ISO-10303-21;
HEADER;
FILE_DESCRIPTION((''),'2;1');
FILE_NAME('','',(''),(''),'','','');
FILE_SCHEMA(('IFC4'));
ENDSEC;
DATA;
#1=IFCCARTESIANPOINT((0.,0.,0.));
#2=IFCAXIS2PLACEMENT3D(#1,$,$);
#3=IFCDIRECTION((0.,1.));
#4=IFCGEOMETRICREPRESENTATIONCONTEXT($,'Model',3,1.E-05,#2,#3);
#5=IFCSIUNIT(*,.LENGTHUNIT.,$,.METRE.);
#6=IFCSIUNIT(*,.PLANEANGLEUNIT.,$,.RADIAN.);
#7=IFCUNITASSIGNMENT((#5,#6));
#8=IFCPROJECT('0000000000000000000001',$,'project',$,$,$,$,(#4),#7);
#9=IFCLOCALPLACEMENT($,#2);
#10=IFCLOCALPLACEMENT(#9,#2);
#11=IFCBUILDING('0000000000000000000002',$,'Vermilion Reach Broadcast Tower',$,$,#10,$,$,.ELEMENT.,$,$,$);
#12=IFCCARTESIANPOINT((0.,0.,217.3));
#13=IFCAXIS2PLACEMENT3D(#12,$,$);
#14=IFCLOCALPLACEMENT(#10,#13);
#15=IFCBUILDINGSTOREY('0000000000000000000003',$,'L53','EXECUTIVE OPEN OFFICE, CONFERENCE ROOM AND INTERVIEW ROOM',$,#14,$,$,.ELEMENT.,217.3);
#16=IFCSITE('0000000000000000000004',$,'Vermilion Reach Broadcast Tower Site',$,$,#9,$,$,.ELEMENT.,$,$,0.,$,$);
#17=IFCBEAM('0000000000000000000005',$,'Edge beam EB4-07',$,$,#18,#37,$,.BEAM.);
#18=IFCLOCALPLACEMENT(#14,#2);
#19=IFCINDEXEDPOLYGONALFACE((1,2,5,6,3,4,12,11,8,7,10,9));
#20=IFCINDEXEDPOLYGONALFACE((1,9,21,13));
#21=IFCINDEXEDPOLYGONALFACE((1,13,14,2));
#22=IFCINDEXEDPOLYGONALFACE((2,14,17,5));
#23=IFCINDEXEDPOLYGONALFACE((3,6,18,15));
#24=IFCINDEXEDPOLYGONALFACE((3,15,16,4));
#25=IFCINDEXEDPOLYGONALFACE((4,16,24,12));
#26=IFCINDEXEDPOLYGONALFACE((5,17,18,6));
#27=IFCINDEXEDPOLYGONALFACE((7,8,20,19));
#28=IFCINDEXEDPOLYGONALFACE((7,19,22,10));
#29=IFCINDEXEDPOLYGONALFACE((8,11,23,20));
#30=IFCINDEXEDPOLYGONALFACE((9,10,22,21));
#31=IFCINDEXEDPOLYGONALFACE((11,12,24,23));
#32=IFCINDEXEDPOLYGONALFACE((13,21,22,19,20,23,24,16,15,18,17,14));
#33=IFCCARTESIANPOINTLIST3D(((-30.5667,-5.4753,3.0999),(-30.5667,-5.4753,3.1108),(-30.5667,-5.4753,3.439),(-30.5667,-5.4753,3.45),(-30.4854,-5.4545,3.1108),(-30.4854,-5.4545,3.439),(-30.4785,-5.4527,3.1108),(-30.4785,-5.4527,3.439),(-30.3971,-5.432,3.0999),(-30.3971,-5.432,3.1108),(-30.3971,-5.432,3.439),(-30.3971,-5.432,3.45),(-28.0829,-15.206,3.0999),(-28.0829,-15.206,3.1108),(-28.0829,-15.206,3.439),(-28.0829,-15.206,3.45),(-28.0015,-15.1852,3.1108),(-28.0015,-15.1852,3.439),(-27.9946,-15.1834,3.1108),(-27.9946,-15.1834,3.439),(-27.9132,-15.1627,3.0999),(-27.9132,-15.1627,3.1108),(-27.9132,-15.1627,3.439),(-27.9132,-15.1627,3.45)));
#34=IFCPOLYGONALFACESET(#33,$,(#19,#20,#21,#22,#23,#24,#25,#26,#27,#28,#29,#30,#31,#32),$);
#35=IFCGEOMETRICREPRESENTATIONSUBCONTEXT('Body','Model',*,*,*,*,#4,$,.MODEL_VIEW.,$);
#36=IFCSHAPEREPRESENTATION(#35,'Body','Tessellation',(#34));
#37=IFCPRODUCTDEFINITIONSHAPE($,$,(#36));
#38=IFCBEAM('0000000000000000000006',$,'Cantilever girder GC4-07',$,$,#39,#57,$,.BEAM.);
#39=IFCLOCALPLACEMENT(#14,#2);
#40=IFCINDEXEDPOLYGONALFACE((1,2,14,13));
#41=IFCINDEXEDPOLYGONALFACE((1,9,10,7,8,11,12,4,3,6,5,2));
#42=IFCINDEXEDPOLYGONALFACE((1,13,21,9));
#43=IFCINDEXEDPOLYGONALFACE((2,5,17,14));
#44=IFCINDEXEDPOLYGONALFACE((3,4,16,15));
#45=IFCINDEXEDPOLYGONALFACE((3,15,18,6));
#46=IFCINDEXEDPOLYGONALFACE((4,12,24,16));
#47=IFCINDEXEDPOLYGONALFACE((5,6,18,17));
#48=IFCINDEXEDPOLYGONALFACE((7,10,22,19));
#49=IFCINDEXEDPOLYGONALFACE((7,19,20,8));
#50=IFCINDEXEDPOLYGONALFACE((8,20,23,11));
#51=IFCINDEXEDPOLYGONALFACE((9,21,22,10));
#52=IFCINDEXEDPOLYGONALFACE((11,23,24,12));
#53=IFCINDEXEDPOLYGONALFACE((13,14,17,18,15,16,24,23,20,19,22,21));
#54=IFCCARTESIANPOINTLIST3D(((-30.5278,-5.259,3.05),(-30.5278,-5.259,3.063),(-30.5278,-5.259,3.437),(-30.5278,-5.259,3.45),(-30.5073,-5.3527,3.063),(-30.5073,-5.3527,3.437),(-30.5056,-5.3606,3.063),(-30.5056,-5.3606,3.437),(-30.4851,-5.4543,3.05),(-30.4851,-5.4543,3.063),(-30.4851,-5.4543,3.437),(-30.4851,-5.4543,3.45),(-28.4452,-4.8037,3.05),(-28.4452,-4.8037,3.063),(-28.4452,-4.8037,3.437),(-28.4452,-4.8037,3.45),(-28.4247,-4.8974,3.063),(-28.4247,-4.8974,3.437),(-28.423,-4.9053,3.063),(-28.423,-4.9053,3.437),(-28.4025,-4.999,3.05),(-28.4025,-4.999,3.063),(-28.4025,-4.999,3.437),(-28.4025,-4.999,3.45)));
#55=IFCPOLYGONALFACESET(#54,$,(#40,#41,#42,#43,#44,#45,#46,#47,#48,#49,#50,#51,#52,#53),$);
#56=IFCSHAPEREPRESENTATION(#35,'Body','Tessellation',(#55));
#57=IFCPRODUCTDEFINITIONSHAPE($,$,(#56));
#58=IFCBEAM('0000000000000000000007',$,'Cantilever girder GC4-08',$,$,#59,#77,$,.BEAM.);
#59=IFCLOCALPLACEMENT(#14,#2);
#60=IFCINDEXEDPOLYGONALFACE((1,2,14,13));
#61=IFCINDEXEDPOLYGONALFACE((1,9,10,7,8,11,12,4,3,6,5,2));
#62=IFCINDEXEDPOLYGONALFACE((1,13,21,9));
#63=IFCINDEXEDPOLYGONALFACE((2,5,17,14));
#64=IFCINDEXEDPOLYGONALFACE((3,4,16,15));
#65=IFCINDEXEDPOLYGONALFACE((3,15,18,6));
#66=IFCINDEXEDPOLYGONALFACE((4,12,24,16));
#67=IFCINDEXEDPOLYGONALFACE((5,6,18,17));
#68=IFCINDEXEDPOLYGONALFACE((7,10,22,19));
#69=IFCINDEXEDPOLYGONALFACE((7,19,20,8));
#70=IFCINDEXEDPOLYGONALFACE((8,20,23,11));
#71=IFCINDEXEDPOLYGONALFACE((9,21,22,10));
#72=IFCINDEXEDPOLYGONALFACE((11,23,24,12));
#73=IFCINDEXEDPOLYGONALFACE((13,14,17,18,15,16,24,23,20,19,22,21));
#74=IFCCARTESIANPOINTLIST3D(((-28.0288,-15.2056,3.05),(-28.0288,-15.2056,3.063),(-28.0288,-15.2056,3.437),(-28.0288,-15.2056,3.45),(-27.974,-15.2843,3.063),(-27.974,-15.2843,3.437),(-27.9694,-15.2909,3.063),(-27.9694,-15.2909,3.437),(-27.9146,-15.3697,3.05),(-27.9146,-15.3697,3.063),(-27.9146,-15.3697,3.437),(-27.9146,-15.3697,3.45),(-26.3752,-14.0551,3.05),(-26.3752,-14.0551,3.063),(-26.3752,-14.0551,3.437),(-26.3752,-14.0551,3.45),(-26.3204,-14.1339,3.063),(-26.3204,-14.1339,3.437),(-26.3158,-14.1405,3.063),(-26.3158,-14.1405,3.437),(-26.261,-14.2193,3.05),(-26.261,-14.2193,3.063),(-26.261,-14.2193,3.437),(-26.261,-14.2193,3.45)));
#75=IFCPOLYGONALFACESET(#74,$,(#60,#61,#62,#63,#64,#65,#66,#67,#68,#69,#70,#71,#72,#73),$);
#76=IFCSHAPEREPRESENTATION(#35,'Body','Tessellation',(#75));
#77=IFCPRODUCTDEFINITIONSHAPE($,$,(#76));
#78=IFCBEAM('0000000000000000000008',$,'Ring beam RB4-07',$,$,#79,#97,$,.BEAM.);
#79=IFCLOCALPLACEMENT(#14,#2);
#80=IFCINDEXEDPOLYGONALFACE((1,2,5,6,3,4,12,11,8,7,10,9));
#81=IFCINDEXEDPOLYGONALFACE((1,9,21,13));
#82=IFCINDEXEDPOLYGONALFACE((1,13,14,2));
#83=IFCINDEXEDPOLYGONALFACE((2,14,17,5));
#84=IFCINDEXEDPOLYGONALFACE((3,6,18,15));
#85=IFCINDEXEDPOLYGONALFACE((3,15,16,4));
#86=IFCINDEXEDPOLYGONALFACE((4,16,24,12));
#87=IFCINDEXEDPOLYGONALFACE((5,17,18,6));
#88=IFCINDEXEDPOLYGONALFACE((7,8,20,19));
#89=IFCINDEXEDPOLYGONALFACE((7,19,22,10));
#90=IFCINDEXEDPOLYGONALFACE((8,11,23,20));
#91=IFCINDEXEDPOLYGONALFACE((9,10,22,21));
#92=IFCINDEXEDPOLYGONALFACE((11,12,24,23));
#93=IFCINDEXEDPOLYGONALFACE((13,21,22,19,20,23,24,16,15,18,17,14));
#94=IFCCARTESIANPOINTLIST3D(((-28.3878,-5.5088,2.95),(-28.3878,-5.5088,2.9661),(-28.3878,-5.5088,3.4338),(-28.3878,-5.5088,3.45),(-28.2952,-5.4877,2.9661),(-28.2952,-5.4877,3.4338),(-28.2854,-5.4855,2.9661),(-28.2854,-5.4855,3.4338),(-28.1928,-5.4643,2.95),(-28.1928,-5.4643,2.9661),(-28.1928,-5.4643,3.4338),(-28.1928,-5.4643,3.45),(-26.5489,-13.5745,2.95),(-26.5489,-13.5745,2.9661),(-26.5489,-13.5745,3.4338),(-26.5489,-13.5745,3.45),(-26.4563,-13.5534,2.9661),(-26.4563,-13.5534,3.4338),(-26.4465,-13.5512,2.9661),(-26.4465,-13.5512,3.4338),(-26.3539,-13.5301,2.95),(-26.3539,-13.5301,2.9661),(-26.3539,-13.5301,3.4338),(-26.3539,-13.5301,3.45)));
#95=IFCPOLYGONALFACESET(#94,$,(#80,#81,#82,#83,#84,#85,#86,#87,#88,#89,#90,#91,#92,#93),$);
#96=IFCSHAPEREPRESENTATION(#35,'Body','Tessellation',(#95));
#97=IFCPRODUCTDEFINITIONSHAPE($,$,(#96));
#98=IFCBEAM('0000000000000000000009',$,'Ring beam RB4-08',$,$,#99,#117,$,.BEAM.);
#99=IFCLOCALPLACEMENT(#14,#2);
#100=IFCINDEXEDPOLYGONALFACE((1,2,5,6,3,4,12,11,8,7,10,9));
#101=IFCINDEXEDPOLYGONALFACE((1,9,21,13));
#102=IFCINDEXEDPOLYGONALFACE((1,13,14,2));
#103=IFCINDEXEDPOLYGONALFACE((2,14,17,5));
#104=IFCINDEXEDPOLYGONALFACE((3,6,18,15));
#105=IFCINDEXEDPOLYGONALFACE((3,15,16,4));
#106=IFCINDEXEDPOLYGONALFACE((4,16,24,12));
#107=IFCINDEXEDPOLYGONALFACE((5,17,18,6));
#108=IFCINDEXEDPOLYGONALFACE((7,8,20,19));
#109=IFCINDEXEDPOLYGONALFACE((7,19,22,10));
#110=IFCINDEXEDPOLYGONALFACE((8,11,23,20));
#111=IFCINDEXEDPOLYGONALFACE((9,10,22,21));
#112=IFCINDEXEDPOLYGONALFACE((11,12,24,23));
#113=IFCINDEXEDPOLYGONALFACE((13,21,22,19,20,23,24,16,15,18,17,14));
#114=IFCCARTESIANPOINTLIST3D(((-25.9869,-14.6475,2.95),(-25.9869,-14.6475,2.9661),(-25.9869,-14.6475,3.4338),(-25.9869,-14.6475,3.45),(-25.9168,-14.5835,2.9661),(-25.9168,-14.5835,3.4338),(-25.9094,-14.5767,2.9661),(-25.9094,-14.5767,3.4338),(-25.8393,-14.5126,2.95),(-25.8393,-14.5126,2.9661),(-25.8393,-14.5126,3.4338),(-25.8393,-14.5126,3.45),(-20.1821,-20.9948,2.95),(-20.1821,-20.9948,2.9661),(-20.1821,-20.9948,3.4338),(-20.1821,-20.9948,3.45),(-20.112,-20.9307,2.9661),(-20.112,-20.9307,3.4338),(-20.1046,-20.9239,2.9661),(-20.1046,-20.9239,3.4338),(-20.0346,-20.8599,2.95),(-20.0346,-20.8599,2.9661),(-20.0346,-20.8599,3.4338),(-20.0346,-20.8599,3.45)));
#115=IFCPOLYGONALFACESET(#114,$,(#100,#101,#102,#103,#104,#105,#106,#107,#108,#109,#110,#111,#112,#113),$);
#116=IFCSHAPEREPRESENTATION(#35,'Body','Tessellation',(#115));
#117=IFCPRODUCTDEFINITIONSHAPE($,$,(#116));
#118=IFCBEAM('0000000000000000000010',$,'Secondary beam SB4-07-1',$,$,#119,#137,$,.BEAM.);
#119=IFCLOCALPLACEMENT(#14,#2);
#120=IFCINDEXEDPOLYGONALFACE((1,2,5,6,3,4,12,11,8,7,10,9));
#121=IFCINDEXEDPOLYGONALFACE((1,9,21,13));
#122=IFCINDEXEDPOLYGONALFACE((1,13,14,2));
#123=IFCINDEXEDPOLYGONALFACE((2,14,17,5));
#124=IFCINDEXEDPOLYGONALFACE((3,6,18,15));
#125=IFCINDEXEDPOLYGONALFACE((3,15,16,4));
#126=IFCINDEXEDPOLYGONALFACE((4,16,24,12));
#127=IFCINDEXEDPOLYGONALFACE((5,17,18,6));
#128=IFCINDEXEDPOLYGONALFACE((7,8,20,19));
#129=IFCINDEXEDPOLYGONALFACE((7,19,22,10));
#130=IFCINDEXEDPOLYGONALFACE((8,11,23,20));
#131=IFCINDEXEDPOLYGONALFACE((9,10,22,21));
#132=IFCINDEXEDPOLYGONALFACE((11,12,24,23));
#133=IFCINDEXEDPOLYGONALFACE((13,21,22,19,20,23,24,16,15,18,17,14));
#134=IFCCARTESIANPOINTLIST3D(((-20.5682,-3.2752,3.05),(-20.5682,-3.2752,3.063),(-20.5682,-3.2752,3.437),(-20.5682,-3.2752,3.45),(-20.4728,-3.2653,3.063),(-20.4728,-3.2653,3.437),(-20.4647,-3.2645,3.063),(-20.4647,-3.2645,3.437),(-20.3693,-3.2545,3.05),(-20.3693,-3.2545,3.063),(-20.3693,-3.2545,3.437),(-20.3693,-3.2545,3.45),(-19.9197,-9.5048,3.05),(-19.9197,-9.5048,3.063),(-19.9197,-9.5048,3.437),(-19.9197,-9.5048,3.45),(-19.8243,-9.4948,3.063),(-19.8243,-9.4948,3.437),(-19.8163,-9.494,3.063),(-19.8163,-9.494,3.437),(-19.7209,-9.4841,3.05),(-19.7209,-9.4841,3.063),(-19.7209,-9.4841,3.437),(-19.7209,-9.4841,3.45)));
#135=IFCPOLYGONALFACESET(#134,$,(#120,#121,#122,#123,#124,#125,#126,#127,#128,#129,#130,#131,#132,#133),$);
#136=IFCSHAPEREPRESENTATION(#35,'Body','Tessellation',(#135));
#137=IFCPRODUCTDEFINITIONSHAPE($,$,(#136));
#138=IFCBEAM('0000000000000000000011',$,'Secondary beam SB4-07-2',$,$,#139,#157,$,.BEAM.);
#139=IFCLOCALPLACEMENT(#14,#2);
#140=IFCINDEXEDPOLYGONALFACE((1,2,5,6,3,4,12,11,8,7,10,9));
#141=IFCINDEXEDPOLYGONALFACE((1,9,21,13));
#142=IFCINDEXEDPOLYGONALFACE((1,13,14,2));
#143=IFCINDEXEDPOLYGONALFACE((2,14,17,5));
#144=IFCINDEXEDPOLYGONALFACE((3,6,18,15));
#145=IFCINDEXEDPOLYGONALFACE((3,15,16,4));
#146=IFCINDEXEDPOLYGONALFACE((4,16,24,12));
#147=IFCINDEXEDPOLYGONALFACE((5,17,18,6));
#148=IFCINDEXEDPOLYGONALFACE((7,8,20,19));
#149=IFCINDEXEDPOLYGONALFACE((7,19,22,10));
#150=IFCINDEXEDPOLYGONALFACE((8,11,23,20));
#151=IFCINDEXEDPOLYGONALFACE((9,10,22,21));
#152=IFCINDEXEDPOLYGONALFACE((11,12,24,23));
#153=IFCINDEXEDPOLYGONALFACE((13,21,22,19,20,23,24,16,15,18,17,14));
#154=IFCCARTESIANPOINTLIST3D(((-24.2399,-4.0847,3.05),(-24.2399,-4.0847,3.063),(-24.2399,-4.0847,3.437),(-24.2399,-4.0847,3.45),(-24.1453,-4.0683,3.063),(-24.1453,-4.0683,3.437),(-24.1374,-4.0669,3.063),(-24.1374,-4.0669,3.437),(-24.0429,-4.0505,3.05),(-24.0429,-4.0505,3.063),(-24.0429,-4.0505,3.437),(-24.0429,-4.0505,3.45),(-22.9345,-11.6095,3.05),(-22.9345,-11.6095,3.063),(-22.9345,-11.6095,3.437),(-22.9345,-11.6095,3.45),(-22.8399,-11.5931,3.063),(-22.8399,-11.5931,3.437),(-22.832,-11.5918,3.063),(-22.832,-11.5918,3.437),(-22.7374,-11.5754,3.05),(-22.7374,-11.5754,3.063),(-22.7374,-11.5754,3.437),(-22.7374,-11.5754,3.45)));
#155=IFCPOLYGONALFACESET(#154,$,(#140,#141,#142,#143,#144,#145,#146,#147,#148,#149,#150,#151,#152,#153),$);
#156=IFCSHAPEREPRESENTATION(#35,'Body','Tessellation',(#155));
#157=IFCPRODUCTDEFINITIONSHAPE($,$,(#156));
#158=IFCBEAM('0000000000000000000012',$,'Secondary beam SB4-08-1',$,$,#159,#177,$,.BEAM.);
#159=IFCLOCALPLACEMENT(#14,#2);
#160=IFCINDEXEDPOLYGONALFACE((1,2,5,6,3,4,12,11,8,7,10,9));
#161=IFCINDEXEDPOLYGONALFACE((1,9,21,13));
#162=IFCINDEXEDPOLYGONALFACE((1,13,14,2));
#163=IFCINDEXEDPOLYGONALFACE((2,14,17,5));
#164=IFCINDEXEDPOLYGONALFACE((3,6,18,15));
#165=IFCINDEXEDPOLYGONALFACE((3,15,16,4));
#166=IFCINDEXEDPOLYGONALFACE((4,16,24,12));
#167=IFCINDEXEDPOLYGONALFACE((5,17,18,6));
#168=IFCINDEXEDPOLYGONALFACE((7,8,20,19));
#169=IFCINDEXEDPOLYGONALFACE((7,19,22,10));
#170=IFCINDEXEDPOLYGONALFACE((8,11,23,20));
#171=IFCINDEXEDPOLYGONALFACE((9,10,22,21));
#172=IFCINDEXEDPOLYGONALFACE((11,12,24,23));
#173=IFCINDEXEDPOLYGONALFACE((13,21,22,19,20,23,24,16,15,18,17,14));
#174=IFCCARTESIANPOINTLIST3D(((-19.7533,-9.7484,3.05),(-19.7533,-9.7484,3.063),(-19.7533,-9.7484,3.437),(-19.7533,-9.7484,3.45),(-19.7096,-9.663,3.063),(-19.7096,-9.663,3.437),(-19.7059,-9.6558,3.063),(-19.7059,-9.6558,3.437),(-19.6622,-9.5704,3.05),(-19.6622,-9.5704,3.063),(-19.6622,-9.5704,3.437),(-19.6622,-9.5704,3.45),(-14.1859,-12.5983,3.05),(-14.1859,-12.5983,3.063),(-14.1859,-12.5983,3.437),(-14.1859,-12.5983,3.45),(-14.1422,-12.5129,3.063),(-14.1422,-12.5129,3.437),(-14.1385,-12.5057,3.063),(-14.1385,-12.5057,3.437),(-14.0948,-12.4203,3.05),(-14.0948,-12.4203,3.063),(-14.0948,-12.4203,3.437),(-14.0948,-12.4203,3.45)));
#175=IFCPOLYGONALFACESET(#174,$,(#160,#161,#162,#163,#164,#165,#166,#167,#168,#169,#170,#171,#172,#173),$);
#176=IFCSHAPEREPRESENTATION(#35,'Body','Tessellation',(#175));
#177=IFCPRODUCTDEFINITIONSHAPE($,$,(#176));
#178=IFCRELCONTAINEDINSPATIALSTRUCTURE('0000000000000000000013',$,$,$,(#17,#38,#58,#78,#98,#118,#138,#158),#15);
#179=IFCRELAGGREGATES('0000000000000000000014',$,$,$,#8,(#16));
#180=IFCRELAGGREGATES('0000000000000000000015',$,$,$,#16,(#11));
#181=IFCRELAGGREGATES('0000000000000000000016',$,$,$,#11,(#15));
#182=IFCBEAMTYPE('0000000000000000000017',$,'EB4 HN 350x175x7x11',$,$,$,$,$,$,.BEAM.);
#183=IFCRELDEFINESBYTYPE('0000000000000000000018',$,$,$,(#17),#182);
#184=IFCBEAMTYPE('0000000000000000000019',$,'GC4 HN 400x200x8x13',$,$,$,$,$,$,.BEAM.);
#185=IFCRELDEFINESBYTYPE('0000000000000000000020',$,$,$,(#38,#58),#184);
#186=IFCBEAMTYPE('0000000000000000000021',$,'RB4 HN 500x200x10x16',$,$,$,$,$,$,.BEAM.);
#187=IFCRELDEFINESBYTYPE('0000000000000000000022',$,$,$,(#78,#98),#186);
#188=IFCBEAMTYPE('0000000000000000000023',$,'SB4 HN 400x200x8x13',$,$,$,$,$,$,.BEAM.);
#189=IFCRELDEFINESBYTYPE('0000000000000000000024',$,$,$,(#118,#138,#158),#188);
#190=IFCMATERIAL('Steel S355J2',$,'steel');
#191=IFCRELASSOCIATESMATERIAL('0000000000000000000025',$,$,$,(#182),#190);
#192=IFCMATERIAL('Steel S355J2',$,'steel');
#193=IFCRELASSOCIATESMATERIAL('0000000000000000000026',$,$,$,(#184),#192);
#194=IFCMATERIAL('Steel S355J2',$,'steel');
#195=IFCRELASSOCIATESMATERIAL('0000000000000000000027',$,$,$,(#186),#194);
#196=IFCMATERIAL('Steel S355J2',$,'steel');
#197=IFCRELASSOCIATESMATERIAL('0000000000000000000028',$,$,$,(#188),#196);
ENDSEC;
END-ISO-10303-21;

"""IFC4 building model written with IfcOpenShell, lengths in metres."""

from ifc_helpers import new_model, si_unit, direction, frame, origin, origin_2d, place, context, subcontext, project, spatial, i_section, extrude, material, material_profile, profile_set, type_object, element, save


model = new_model("IFC4")

# Units and contexts
model_context = context("Model", 3, precision=1e-05, world=origin(), true_north=direction((0.0, 1.0)))
body_context = subcontext(model_context, "Body", "Model", "MODEL_VIEW")
ifc_project = project(units=[si_unit("LENGTHUNIT", "METRE"), si_unit("PLANEANGLEUNIT", "RADIAN")], contexts=[model_context])

# Site, building, storey
site_placement = place(None, origin())
site = spatial("IfcSite", under=ifc_project, at=site_placement, Name="Vermilion Reach Broadcast Tower Site", CompositionType="ELEMENT", RefElevation=0.0)
building_placement = place(site_placement, origin())
building = spatial("IfcBuilding", under=site, at=building_placement, Name="Vermilion Reach Broadcast Tower", CompositionType="ELEMENT")
storey_placement = place(building_placement, frame((0.0, 0.0, 217.3)))
storey = spatial("IfcBuildingStorey", under=building, at=storey_placement, Name="L53", Description="EXECUTIVE OPEN OFFICE, CONFERENCE ROOM AND INTERVIEW ROOM", CompositionType="ELEMENT", Elevation=217.3)

# Beams
ifc_material_1 = material(Name="Steel S355J2", Category="steel")
ifc_material_profile_1 = material_profile(ifc_material_1, i_section(OverallWidth=0.175, OverallDepth=0.3501, WebThickness=0.0071, FlangeThickness=0.011, at=origin_2d()), Name="S355J2 HN 350x175x7x11")
ifc_profile_set_1 = profile_set([ifc_material_profile_1], Name="Steel S355J2")
beam_type_1 = type_object("IfcBeamType", Name="EB4 HN 350x175x7x11", PredefinedType="BEAM", material=ifc_profile_set_1)
beam_1_placement = place(storey_placement, frame((-30.4819, -5.4536, 3.2749), z_axis=(0.247332, -0.968931, 0.0), x_axis=(0.968931, 0.247332, 0.0)))
element("IfcBeam", 1, at=beam_1_placement, inside=storey, type_object=beam_type_1, Name="Edge beam EB4-07", PredefinedType="BEAM", context=body_context, shape_type="SweptSolid", body=[
    extrude(i_section(OverallWidth=0.175, OverallDepth=0.3501, WebThickness=0.0071, FlangeThickness=0.011, at=origin_2d()), origin(), (0.0, 0.0, 1.0), 10.0427),
])
ifc_material_2 = material(Name="Steel S355J2", Category="steel")
ifc_material_profile_2 = material_profile(ifc_material_2, i_section(OverallWidth=0.2, OverallDepth=0.3999, WebThickness=0.0081, FlangeThickness=0.0129, at=origin_2d()), Name="S355J2 HN 400x200x8x13")
ifc_profile_set_2 = profile_set([ifc_material_profile_2], Name="Steel S355J2")
beam_type_2 = type_object("IfcBeamType", Name="GC4 HN 400x200x8x13", PredefinedType="BEAM", material=ifc_profile_set_2)
beam_2_placement = place(storey_placement, frame((-28.4238, -4.9014, 3.25), z_axis=(-0.976928, -0.213571, 0.0), x_axis=(0.213571, -0.976928, 0.0)))
element("IfcBeam", 2, at=beam_2_placement, inside=storey, type_object=beam_type_2, Name="Cantilever girder GC4-07", PredefinedType="BEAM", context=body_context, shape_type="SweptSolid", body=[
    extrude(i_section(OverallWidth=0.2, OverallDepth=0.3999, WebThickness=0.0081, FlangeThickness=0.0129, at=origin_2d()), origin(), (0.0, 0.0, 1.0), 2.1318),
])
beam_3_placement = place(storey_placement, frame((-26.3181, -14.1372, 3.25), z_axis=(-0.820885, -0.571093, 0.0), x_axis=(0.571093, -0.820885, 0.0)))
element("IfcBeam", 3, at=beam_3_placement, inside=storey, type_object=beam_type_2, Name="Cantilever girder GC4-08", PredefinedType="BEAM", context=body_context, shape_type="SweptSolid", body=[
    extrude(i_section(OverallWidth=0.2, OverallDepth=0.3999, WebThickness=0.0081, FlangeThickness=0.0129, at=origin_2d()), origin(), (0.0, 0.0, 1.0), 2.0144),
])
ifc_material_3 = material(Name="Steel S355J2", Category="steel")
ifc_material_profile_3 = material_profile(ifc_material_3, i_section(OverallWidth=0.2, OverallDepth=0.5, WebThickness=0.01, FlangeThickness=0.0161, at=origin_2d()), Name="S355J2 HN 500x200x10x16")
ifc_profile_set_3 = profile_set([ifc_material_profile_3], Name="Steel S355J2")
beam_type_3 = type_object("IfcBeamType", Name="RB4 HN 500x200x10x16", PredefinedType="BEAM", material=ifc_profile_set_3)
beam_4_placement = place(storey_placement, frame((-28.2903, -5.4866, 3.2), z_axis=(0.222283, -0.974982, 0.0), x_axis=(0.974982, 0.222283, 0.0)))
element("IfcBeam", 4, at=beam_4_placement, inside=storey, type_object=beam_type_3, Name="Ring beam RB4-07", PredefinedType="BEAM", context=body_context, shape_type="SweptSolid", body=[
    extrude(i_section(OverallWidth=0.2, OverallDepth=0.5, WebThickness=0.01, FlangeThickness=0.0161, at=origin_2d()), origin(), (0.0, 0.0, 1.0), 8.2727),
])
beam_5_placement = place(storey_placement, frame((-25.9131, -14.5801, 3.2), z_axis=(0.674868, -0.737938, 0.0), x_axis=(0.737938, 0.674868, 0.0)))
element("IfcBeam", 5, at=beam_5_placement, inside=storey, type_object=beam_type_3, Name="Ring beam RB4-08", PredefinedType="BEAM", context=body_context, shape_type="SweptSolid", body=[
    extrude(i_section(OverallWidth=0.2, OverallDepth=0.5, WebThickness=0.01, FlangeThickness=0.0161, at=origin_2d()), origin(), (0.0, 0.0, 1.0), 8.6013),
])
ifc_material_4 = material(Name="Steel S355J2", Category="steel")
ifc_material_profile_4 = material_profile(ifc_material_4, i_section(OverallWidth=0.2, OverallDepth=0.3999, WebThickness=0.0081, FlangeThickness=0.0129, at=origin_2d()), Name="S355J2 HN 400x200x8x13")
ifc_profile_set_4 = profile_set([ifc_material_profile_4], Name="Steel S355J2")
beam_type_4 = type_object("IfcBeamType", Name="SB4 HN 400x200x8x13", PredefinedType="BEAM", material=ifc_profile_set_4)
beam_6_placement = place(storey_placement, frame((-20.4688, -3.2649, 3.25), z_axis=(0.103532, -0.994626, 0.0), x_axis=(0.994626, 0.103532, 0.0)))
element("IfcBeam", 6, at=beam_6_placement, inside=storey, type_object=beam_type_4, Name="Secondary beam SB4-07-1", PredefinedType="BEAM", context=body_context, shape_type="SweptSolid", body=[
    extrude(i_section(OverallWidth=0.2, OverallDepth=0.3999, WebThickness=0.0081, FlangeThickness=0.0129, at=origin_2d()), origin(), (0.0, 0.0, 1.0), 6.2632),
])
beam_7_placement = place(storey_placement, frame((-24.1414, -4.0676, 3.25), z_axis=(0.170927, -0.985284, 0.0), x_axis=(0.985284, 0.170927, 0.0)))
element("IfcBeam", 7, at=beam_7_placement, inside=storey, type_object=beam_type_4, Name="Secondary beam SB4-07-2", PredefinedType="BEAM", context=body_context, shape_type="SweptSolid", body=[
    extrude(i_section(OverallWidth=0.2, OverallDepth=0.3999, WebThickness=0.0081, FlangeThickness=0.0129, at=origin_2d()), origin(), (0.0, 0.0, 1.0), 7.6372),
])
beam_8_placement = place(storey_placement, frame((-19.7078, -9.6594, 3.25), z_axis=(0.890156, -0.455656, 0.0), x_axis=(0.455656, 0.890156, 0.0)))
element("IfcBeam", 8, at=beam_8_placement, inside=storey, type_object=beam_type_4, Name="Secondary beam SB4-08-1", PredefinedType="BEAM", context=body_context, shape_type="SweptSolid", body=[
    extrude(i_section(OverallWidth=0.2, OverallDepth=0.3999, WebThickness=0.0081, FlangeThickness=0.0129, at=origin_2d()), origin(), (0.0, 0.0, 1.0), 6.2544),
])

save(model, "model.ifc")
